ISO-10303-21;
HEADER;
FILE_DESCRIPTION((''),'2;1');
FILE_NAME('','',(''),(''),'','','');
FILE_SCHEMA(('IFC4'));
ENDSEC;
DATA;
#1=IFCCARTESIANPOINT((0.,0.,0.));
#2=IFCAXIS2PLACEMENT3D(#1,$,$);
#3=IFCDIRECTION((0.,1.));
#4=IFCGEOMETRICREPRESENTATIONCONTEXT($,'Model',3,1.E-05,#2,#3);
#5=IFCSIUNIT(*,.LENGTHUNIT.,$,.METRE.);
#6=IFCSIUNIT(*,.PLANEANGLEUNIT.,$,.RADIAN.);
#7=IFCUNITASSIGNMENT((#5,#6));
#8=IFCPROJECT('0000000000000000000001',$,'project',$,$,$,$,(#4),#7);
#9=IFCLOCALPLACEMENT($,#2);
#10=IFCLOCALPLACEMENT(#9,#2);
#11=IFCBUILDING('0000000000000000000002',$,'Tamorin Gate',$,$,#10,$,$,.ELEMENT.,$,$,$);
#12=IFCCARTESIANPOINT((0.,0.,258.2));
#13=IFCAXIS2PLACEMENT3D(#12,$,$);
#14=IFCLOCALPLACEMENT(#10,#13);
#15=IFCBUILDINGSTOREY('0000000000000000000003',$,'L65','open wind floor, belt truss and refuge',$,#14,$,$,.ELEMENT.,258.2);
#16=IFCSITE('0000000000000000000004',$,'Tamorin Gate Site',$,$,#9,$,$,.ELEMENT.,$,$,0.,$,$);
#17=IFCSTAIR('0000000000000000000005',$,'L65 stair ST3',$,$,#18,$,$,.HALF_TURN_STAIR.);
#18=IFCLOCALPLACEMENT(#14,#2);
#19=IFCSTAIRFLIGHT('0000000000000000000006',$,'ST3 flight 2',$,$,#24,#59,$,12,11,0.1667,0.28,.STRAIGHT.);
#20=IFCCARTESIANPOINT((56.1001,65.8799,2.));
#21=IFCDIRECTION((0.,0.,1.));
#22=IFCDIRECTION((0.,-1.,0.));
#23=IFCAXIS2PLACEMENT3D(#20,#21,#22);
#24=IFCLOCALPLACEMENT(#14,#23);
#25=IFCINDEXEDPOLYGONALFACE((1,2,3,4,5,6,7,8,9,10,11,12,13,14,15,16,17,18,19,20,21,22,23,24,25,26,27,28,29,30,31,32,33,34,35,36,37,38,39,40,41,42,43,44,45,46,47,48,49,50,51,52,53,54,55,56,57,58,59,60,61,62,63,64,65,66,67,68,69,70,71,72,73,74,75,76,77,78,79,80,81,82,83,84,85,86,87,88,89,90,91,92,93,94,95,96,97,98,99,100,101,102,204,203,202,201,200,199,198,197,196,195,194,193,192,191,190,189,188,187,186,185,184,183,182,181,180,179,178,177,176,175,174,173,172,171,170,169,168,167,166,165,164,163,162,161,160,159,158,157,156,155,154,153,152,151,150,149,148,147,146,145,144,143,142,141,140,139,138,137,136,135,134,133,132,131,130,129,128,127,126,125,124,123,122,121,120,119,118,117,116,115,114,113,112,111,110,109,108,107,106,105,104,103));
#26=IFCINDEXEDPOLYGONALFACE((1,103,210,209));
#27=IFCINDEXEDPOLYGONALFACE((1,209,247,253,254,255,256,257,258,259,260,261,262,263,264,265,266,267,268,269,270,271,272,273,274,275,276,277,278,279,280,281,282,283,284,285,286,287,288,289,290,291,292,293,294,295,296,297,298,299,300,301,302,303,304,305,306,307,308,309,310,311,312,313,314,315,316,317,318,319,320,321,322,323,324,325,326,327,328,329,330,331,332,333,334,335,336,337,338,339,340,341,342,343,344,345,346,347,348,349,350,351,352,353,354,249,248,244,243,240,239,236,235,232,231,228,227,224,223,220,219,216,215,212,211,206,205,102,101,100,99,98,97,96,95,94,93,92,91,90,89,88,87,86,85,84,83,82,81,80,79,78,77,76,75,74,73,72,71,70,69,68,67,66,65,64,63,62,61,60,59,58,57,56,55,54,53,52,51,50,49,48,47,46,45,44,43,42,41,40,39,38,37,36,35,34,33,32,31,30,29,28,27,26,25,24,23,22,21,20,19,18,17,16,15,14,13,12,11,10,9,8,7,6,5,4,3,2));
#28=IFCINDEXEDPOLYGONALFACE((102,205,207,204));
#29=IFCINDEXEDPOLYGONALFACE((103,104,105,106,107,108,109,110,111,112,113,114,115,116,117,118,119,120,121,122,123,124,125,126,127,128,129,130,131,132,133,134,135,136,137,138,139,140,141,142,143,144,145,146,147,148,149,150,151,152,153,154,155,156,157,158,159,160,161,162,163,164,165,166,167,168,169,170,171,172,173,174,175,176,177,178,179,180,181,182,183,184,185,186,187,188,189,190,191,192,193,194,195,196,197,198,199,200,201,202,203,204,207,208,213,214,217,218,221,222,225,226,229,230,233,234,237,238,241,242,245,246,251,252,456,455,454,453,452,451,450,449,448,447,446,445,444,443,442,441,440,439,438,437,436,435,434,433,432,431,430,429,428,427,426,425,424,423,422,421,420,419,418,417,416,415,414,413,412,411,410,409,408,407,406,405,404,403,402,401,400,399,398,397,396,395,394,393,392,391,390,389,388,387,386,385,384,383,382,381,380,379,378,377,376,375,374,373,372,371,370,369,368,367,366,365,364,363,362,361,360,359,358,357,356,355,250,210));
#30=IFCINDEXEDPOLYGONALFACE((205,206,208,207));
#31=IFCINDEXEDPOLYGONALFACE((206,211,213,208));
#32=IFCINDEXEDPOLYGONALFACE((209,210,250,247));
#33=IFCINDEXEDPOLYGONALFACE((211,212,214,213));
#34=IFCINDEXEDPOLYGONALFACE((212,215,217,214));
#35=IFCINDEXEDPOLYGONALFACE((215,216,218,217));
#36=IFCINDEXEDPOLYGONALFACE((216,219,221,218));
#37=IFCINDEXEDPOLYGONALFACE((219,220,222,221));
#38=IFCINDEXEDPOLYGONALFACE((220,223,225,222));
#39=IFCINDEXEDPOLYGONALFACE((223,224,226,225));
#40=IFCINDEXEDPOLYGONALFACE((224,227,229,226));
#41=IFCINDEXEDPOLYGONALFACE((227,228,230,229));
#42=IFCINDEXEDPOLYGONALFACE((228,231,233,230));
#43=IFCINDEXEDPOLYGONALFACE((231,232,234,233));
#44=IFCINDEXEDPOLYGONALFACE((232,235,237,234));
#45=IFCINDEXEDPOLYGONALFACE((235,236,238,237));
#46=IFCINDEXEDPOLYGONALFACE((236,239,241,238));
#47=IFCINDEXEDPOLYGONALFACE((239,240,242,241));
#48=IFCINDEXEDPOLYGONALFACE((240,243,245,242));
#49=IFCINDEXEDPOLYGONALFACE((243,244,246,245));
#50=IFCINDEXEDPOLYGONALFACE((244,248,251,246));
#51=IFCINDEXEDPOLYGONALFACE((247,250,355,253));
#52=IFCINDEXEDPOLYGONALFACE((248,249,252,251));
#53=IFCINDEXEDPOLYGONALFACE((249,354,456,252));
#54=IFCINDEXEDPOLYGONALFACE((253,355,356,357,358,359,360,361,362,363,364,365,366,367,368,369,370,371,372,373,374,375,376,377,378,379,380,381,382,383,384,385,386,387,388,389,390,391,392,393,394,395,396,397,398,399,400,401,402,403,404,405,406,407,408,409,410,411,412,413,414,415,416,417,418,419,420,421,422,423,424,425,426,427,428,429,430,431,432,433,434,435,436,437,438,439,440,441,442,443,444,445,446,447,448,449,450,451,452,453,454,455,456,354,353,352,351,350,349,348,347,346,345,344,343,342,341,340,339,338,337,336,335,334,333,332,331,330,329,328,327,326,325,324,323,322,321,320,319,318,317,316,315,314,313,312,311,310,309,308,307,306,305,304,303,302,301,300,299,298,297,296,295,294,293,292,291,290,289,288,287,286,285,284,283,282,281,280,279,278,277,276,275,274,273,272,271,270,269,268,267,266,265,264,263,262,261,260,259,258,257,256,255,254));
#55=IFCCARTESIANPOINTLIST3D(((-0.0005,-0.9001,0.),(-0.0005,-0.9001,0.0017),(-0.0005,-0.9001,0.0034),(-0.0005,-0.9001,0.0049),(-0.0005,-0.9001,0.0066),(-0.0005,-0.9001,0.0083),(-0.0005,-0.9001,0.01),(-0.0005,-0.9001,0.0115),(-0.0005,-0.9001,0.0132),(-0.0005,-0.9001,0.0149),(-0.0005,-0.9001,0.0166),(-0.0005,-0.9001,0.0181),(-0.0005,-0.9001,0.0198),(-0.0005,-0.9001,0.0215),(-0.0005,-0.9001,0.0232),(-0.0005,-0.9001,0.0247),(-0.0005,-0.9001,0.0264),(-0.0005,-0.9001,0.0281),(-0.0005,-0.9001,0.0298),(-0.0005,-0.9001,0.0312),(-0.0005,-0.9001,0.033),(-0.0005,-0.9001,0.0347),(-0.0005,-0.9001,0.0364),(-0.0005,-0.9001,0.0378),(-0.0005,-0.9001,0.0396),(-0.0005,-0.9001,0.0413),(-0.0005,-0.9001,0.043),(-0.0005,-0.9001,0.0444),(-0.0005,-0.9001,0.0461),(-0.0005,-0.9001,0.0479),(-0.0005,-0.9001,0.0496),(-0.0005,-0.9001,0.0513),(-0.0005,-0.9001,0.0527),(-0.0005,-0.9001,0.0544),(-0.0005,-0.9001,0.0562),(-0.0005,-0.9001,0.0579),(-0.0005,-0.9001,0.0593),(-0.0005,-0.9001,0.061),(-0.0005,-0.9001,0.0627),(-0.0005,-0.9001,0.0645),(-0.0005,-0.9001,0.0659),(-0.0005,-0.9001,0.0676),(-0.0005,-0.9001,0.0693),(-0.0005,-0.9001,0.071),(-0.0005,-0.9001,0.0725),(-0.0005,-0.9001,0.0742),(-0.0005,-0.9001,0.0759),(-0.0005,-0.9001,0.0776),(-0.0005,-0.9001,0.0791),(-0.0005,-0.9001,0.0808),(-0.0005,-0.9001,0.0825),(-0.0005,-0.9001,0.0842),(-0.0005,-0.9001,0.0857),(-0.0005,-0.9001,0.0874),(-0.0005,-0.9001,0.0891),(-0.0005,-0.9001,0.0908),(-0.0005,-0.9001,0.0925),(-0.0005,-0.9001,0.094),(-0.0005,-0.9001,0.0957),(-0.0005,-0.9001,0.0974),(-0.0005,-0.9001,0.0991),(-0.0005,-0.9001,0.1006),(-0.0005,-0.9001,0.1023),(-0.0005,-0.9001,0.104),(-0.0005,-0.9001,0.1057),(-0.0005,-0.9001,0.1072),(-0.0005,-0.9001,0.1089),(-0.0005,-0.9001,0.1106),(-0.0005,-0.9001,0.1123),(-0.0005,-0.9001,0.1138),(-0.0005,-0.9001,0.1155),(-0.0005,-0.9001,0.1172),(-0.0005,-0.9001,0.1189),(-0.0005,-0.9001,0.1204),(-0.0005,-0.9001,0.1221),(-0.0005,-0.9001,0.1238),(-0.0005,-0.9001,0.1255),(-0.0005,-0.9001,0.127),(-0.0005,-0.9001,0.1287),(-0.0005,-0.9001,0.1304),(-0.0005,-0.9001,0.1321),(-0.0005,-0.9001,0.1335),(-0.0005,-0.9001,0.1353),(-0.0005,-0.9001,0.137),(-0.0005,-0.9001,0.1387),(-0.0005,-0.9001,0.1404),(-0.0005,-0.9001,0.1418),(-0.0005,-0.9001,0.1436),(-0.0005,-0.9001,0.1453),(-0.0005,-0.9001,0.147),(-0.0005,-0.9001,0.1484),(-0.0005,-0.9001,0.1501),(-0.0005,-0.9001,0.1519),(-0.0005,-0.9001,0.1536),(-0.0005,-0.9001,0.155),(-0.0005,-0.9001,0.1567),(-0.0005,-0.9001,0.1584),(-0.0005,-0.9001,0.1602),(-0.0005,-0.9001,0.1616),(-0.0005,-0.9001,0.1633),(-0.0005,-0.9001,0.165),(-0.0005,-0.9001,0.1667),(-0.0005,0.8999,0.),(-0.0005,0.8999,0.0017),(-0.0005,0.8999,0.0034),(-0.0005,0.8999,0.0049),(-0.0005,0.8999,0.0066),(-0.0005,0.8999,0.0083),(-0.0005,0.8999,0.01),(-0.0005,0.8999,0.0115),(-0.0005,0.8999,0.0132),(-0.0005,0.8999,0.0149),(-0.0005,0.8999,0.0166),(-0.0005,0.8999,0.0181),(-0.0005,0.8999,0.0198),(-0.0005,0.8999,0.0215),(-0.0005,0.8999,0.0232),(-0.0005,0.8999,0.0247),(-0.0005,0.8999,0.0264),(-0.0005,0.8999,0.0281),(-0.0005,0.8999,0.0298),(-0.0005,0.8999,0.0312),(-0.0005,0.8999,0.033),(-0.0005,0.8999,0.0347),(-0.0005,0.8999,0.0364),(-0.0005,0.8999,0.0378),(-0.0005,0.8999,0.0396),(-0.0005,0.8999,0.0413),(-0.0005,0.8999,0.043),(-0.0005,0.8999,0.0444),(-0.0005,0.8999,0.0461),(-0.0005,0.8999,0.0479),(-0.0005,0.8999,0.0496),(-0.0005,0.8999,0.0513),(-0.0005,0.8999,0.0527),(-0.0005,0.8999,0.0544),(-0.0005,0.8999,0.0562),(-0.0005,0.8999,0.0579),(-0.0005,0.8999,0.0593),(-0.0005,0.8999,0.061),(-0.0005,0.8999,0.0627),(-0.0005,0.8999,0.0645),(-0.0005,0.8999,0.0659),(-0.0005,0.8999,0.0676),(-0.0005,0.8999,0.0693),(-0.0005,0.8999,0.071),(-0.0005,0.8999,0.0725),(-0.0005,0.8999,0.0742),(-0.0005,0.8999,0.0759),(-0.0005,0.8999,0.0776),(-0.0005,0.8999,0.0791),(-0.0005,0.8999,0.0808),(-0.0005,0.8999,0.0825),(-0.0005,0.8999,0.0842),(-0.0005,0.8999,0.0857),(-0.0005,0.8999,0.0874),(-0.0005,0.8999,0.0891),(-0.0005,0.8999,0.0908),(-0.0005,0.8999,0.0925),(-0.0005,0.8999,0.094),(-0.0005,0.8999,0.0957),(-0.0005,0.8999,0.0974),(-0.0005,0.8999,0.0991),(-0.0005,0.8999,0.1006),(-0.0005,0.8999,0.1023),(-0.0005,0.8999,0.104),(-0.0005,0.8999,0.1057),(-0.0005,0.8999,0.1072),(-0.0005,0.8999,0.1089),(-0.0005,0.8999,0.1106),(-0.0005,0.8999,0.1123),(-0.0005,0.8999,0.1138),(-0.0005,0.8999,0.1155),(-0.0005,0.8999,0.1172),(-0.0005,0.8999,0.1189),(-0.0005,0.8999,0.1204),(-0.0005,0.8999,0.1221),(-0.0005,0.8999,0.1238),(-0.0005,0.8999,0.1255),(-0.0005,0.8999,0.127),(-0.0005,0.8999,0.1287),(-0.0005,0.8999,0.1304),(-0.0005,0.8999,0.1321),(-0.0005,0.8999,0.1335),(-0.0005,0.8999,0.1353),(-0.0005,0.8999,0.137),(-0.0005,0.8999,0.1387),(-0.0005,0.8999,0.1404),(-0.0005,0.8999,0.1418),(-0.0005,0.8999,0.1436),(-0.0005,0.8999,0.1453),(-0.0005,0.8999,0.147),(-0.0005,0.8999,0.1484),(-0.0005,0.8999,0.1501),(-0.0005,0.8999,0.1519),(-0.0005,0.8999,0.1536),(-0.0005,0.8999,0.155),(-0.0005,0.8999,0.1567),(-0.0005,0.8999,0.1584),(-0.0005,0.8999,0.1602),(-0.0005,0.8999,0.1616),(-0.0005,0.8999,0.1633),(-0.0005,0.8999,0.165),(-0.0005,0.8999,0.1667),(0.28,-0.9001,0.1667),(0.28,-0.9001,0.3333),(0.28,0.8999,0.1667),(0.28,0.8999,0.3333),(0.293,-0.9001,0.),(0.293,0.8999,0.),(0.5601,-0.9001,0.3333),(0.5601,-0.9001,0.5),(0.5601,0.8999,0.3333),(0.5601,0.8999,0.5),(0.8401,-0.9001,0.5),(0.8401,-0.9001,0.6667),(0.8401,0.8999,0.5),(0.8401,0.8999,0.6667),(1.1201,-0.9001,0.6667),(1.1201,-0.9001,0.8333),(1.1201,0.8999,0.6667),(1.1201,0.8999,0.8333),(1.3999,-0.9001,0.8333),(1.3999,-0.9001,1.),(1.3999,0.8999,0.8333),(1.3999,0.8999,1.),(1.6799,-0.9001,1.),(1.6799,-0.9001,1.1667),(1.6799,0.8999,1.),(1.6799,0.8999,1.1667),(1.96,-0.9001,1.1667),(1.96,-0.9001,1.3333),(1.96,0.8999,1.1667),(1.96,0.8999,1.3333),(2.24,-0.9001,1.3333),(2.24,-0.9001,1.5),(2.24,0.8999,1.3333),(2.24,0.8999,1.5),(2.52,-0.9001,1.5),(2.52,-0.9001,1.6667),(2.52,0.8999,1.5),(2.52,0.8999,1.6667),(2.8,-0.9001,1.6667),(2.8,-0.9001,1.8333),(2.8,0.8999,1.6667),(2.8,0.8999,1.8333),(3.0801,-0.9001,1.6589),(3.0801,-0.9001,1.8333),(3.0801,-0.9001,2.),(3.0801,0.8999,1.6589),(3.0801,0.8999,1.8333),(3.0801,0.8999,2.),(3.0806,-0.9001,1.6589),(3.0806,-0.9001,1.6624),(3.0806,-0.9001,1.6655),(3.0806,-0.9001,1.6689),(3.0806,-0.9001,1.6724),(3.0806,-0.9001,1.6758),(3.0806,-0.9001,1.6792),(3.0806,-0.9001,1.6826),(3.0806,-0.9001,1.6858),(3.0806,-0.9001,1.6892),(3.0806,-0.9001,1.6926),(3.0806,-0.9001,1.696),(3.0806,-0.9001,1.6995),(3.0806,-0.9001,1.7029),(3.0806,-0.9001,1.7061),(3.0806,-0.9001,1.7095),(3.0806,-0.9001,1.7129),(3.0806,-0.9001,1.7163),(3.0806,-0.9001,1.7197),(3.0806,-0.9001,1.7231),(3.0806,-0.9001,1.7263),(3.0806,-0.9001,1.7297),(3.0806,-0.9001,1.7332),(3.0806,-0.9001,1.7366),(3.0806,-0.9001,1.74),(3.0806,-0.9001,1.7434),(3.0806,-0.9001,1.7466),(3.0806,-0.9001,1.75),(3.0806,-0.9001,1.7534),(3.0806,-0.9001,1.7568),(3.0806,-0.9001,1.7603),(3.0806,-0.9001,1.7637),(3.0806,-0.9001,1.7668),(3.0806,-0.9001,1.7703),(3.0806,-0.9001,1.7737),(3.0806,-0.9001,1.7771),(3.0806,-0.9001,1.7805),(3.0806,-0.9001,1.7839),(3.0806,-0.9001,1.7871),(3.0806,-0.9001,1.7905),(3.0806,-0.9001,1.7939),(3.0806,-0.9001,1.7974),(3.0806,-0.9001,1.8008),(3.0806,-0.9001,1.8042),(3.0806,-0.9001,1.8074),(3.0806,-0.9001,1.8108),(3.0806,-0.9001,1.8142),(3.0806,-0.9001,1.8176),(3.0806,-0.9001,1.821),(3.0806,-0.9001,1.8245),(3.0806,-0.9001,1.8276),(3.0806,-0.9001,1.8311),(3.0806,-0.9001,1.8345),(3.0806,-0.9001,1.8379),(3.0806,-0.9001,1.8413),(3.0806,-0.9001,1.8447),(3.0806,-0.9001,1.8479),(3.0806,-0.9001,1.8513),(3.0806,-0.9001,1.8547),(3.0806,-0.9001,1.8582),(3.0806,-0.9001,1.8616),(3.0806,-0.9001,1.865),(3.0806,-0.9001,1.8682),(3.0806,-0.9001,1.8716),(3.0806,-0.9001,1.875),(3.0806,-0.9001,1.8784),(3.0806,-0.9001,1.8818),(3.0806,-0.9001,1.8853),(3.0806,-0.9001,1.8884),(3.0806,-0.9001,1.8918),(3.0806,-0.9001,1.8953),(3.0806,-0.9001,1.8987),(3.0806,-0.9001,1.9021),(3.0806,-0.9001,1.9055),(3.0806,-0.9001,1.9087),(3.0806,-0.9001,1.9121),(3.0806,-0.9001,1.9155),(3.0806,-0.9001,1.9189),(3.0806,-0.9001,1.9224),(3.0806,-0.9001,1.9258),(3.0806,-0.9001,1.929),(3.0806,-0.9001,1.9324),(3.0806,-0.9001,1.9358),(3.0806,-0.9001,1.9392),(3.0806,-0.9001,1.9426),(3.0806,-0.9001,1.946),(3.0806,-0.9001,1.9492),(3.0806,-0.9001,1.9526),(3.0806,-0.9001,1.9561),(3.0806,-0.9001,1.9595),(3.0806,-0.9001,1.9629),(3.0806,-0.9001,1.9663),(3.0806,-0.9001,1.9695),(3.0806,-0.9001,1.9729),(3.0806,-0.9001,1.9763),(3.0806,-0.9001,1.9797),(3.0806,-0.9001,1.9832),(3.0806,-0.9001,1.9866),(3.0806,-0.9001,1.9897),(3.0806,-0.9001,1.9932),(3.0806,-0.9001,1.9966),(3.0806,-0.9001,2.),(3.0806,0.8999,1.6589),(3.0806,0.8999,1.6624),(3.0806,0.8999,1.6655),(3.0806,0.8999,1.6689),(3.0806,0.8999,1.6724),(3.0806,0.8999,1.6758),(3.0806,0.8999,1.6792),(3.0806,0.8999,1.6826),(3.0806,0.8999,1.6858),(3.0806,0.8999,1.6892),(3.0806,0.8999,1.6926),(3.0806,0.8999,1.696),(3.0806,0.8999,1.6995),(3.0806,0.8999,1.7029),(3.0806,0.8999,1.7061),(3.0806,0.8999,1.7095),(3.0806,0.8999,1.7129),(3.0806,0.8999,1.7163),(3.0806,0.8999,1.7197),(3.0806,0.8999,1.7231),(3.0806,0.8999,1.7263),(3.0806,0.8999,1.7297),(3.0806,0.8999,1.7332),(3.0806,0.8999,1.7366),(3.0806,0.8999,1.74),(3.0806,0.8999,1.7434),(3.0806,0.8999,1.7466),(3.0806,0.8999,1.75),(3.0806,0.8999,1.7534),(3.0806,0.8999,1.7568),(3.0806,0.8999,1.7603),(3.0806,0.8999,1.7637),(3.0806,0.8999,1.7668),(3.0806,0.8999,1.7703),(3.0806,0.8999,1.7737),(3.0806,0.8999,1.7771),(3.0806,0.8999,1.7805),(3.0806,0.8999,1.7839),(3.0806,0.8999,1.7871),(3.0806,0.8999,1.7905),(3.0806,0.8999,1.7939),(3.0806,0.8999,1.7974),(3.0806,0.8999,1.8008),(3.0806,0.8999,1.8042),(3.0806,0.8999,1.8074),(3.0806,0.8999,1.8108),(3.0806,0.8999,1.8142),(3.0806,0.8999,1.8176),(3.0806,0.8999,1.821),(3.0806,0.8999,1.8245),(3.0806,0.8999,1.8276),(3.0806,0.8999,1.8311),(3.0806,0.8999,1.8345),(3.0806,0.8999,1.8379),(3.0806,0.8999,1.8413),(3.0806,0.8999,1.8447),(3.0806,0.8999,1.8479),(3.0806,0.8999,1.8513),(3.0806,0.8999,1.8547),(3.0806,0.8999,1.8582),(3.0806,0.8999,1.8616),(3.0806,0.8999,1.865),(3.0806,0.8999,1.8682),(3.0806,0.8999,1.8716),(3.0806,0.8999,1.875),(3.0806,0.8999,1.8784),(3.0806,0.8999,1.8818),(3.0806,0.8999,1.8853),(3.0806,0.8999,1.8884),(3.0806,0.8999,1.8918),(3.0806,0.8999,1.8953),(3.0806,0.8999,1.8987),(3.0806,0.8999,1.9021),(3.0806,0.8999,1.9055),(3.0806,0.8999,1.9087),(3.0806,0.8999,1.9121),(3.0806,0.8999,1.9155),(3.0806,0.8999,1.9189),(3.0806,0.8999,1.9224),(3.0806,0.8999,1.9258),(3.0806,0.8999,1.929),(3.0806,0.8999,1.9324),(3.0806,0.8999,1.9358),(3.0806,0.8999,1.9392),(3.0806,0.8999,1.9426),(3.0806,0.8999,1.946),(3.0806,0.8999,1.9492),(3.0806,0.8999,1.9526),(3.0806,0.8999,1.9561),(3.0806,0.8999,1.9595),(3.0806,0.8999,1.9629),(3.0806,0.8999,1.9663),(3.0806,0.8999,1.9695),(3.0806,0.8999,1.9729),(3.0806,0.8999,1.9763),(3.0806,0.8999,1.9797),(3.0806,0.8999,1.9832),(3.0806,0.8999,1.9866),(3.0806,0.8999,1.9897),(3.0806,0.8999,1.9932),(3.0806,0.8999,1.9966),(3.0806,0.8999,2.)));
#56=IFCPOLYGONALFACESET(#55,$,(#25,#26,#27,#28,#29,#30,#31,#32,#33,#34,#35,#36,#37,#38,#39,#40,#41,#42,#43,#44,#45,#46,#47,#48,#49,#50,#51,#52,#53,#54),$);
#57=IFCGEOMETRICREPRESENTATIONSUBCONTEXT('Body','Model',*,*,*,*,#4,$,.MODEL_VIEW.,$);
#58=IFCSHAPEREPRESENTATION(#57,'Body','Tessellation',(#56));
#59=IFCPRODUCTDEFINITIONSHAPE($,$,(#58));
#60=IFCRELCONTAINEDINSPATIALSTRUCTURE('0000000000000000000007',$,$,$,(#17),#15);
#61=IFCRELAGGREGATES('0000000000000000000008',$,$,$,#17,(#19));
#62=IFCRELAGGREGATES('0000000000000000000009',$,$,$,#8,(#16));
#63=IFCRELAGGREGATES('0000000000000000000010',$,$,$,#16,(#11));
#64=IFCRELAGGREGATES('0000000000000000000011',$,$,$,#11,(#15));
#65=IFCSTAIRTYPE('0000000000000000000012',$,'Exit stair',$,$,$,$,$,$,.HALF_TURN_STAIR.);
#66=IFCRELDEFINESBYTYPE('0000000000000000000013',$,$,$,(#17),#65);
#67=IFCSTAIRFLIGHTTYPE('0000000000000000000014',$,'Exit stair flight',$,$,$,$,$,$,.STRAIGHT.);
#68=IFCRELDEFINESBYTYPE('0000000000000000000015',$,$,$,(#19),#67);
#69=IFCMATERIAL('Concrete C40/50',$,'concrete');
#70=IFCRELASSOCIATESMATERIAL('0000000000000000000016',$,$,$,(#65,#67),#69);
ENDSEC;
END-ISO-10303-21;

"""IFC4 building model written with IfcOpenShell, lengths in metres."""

from ifc_helpers import new_model, si_unit, direction, frame, origin, place, context, subcontext, project, spatial, polyline, outline, extrude, material, type_object, element, aggregate, save


model = new_model("IFC4")

# Units and contexts
model_context = context("Model", 3, precision=1e-05, world=origin(), true_north=direction((0.0, 1.0)))
body_context = subcontext(model_context, "Body", "Model", "MODEL_VIEW")
ifc_project = project(units=[si_unit("LENGTHUNIT", "METRE"), si_unit("PLANEANGLEUNIT", "RADIAN")], contexts=[model_context])

# Site, building, storey
site_placement = place(None, origin())
site = spatial("IfcSite", under=ifc_project, at=site_placement, Name="Tamorin Gate Site", CompositionType="ELEMENT", RefElevation=0.0)
building_placement = place(site_placement, origin())
building = spatial("IfcBuilding", under=site, at=building_placement, Name="Tamorin Gate", CompositionType="ELEMENT")
storey_placement = place(building_placement, frame((0.0, 0.0, 258.2)))
storey = spatial("IfcBuildingStorey", under=building, at=storey_placement, Name="L65", Description="open wind floor, belt truss and refuge", CompositionType="ELEMENT", Elevation=258.2)

# Shared definitions
ifc_material_1 = material(Name="Concrete C40/50", Category="concrete")

# Stair, stair flight
stair_type = type_object("IfcStairType", Name="Exit stair", PredefinedType="HALF_TURN_STAIR", material=ifc_material_1)
stair_placement = place(storey_placement, origin())
stair = element("IfcStair", 1, at=stair_placement, inside=storey, type_object=stair_type, Name="L65 stair ST3", PredefinedType="HALF_TURN_STAIR")
stair_flight_type = type_object("IfcStairFlightType", Name="Exit stair flight", PredefinedType="STRAIGHT", material=ifc_material_1)
stair_flight_1_placement = place(storey_placement, frame((56.1001, 65.8799, 2.0), z_axis=(0.0, 0.0, 1.0), x_axis=(0.0, -1.0, 0.0)))
stair_flight_1 = element("IfcStairFlight", 2, at=stair_flight_1_placement, type_object=stair_flight_type, Name="ST3 flight 2", NumberOfRisers=12, NumberOfTreads=11, PredefinedType="STRAIGHT", RiserHeight=0.1667, TreadLength=0.28, context=body_context, shape_type="SweptSolid", body=[
    extrude(outline(polyline([(-0.0005, 0.0), (-0.0005, 0.0017), (-0.0005, 0.0034), (-0.0005, 0.0049), (-0.0005, 0.0066), (-0.0005, 0.0083), (-0.0005, 0.01), (-0.0005, 0.0115), (-0.0005, 0.0132), (-0.0005, 0.0149), (-0.0005, 0.0166), (-0.0005, 0.0181), (-0.0005, 0.0198), (-0.0005, 0.0215), (-0.0005, 0.0232), (-0.0005, 0.0247), (-0.0005, 0.0264), (-0.0005, 0.0281), (-0.0005, 0.0298), (-0.0005, 0.0312), (-0.0005, 0.033), (-0.0005, 0.0347), (-0.0005, 0.0364), (-0.0005, 0.0378), (-0.0005, 0.0396), (-0.0005, 0.0413), (-0.0005, 0.043), (-0.0005, 0.0444), (-0.0005, 0.0461), (-0.0005, 0.0479), (-0.0005, 0.0496), (-0.0005, 0.0513), (-0.0005, 0.0527), (-0.0005, 0.0544), (-0.0005, 0.0562), (-0.0005, 0.0579), (-0.0005, 0.0593), (-0.0005, 0.061), (-0.0005, 0.0627), (-0.0005, 0.0645), (-0.0005, 0.0659), (-0.0005, 0.0676), (-0.0005, 0.0693), (-0.0005, 0.071), (-0.0005, 0.0725), (-0.0005, 0.0742), (-0.0005, 0.0759), (-0.0005, 0.0776), (-0.0005, 0.0791), (-0.0005, 0.0808), (-0.0005, 0.0825), (-0.0005, 0.0842), (-0.0005, 0.0857), (-0.0005, 0.0874), (-0.0005, 0.0891), (-0.0005, 0.0908), (-0.0005, 0.0925), (-0.0005, 0.094), (-0.0005, 0.0957), (-0.0005, 0.0974), (-0.0005, 0.0991), (-0.0005, 0.1006), (-0.0005, 0.1023), (-0.0005, 0.104), (-0.0005, 0.1057), (-0.0005, 0.1072), (-0.0005, 0.1089), (-0.0005, 0.1106), (-0.0005, 0.1123), (-0.0005, 0.1138), (-0.0005, 0.1155), (-0.0005, 0.1172), (-0.0005, 0.1189), (-0.0005, 0.1204), (-0.0005, 0.1221), (-0.0005, 0.1238), (-0.0005, 0.1255), (-0.0005, 0.127), (-0.0005, 0.1287), (-0.0005, 0.1304), (-0.0005, 0.1321), (-0.0005, 0.1335), (-0.0005, 0.1353), (-0.0005, 0.137), (-0.0005, 0.1387), (-0.0005, 0.1404), (-0.0005, 0.1418), (-0.0005, 0.1436), (-0.0005, 0.1453), (-0.0005, 0.147), (-0.0005, 0.1484), (-0.0005, 0.1501), (-0.0005, 0.1519), (-0.0005, 0.1536), (-0.0005, 0.155), (-0.0005, 0.1567), (-0.0005, 0.1584), (-0.0005, 0.1602), (-0.0005, 0.1616), (-0.0005, 0.1633), (-0.0005, 0.165), (-0.0005, 0.1667), (0.28, 0.1667), (0.28, 0.3333), (0.5601, 0.3333), (0.5601, 0.5), (0.8401, 0.5), (0.8401, 0.6667), (1.1201, 0.6667), (1.1201, 0.8333), (1.3999, 0.8333), (1.3999, 1.0), (1.6799, 1.0), (1.6799, 1.1667), (1.96, 1.1667), (1.96, 1.3333), (2.24, 1.3333), (2.24, 1.5), (2.52, 1.5), (2.52, 1.6667), (2.8, 1.6667), (2.8, 1.8333), (3.0801, 1.8333), (3.0801, 2.0), (3.0806, 2.0), (3.0806, 1.9966), (3.0806, 1.9932), (3.0806, 1.9897), (3.0806, 1.9866), (3.0806, 1.9832), (3.0806, 1.9797), (3.0806, 1.9763), (3.0806, 1.9729), (3.0806, 1.9695), (3.0806, 1.9663), (3.0806, 1.9629), (3.0806, 1.9595), (3.0806, 1.9561), (3.0806, 1.9526), (3.0806, 1.9492), (3.0806, 1.946), (3.0806, 1.9426), (3.0806, 1.9392), (3.0806, 1.9358), (3.0806, 1.9324), (3.0806, 1.929), (3.0806, 1.9258), (3.0806, 1.9224), (3.0806, 1.9189), (3.0806, 1.9155), (3.0806, 1.9121), (3.0806, 1.9087), (3.0806, 1.9055), (3.0806, 1.9021), (3.0806, 1.8987), (3.0806, 1.8953), (3.0806, 1.8918), (3.0806, 1.8884), (3.0806, 1.8853), (3.0806, 1.8818), (3.0806, 1.8784), (3.0806, 1.875), (3.0806, 1.8716), (3.0806, 1.8682), (3.0806, 1.865), (3.0806, 1.8616), (3.0806, 1.8582), (3.0806, 1.8547), (3.0806, 1.8513), (3.0806, 1.8479), (3.0806, 1.8447), (3.0806, 1.8413), (3.0806, 1.8379), (3.0806, 1.8345), (3.0806, 1.8311), (3.0806, 1.8276), (3.0806, 1.8245), (3.0806, 1.821), (3.0806, 1.8176), (3.0806, 1.8142), (3.0806, 1.8108), (3.0806, 1.8074), (3.0806, 1.8042), (3.0806, 1.8008), (3.0806, 1.7974), (3.0806, 1.7939), (3.0806, 1.7905), (3.0806, 1.7871), (3.0806, 1.7839), (3.0806, 1.7805), (3.0806, 1.7771), (3.0806, 1.7737), (3.0806, 1.7703), (3.0806, 1.7668), (3.0806, 1.7637), (3.0806, 1.7603), (3.0806, 1.7568), (3.0806, 1.7534), (3.0806, 1.75), (3.0806, 1.7466), (3.0806, 1.7434), (3.0806, 1.74), (3.0806, 1.7366), (3.0806, 1.7332), (3.0806, 1.7297), (3.0806, 1.7263), (3.0806, 1.7231), (3.0806, 1.7197), (3.0806, 1.7163), (3.0806, 1.7129), (3.0806, 1.7095), (3.0806, 1.7061), (3.0806, 1.7029), (3.0806, 1.6995), (3.0806, 1.696), (3.0806, 1.6926), (3.0806, 1.6892), (3.0806, 1.6858), (3.0806, 1.6826), (3.0806, 1.6792), (3.0806, 1.6758), (3.0806, 1.6724), (3.0806, 1.6689), (3.0806, 1.6655), (3.0806, 1.6624), (3.0806, 1.6589), (3.0801, 1.6589), (0.293, 0.0), (-0.0005, 0.0)])), frame((0.0, 0.8999, 0.0), z_axis=(0.0, -1.0, 0.0), x_axis=(1.0, 0.0, 0.0)), (0.0, 0.0, 1.0), 1.8),
])
aggregate(stair, [stair_flight_1])

save(model, "model.ifc")
